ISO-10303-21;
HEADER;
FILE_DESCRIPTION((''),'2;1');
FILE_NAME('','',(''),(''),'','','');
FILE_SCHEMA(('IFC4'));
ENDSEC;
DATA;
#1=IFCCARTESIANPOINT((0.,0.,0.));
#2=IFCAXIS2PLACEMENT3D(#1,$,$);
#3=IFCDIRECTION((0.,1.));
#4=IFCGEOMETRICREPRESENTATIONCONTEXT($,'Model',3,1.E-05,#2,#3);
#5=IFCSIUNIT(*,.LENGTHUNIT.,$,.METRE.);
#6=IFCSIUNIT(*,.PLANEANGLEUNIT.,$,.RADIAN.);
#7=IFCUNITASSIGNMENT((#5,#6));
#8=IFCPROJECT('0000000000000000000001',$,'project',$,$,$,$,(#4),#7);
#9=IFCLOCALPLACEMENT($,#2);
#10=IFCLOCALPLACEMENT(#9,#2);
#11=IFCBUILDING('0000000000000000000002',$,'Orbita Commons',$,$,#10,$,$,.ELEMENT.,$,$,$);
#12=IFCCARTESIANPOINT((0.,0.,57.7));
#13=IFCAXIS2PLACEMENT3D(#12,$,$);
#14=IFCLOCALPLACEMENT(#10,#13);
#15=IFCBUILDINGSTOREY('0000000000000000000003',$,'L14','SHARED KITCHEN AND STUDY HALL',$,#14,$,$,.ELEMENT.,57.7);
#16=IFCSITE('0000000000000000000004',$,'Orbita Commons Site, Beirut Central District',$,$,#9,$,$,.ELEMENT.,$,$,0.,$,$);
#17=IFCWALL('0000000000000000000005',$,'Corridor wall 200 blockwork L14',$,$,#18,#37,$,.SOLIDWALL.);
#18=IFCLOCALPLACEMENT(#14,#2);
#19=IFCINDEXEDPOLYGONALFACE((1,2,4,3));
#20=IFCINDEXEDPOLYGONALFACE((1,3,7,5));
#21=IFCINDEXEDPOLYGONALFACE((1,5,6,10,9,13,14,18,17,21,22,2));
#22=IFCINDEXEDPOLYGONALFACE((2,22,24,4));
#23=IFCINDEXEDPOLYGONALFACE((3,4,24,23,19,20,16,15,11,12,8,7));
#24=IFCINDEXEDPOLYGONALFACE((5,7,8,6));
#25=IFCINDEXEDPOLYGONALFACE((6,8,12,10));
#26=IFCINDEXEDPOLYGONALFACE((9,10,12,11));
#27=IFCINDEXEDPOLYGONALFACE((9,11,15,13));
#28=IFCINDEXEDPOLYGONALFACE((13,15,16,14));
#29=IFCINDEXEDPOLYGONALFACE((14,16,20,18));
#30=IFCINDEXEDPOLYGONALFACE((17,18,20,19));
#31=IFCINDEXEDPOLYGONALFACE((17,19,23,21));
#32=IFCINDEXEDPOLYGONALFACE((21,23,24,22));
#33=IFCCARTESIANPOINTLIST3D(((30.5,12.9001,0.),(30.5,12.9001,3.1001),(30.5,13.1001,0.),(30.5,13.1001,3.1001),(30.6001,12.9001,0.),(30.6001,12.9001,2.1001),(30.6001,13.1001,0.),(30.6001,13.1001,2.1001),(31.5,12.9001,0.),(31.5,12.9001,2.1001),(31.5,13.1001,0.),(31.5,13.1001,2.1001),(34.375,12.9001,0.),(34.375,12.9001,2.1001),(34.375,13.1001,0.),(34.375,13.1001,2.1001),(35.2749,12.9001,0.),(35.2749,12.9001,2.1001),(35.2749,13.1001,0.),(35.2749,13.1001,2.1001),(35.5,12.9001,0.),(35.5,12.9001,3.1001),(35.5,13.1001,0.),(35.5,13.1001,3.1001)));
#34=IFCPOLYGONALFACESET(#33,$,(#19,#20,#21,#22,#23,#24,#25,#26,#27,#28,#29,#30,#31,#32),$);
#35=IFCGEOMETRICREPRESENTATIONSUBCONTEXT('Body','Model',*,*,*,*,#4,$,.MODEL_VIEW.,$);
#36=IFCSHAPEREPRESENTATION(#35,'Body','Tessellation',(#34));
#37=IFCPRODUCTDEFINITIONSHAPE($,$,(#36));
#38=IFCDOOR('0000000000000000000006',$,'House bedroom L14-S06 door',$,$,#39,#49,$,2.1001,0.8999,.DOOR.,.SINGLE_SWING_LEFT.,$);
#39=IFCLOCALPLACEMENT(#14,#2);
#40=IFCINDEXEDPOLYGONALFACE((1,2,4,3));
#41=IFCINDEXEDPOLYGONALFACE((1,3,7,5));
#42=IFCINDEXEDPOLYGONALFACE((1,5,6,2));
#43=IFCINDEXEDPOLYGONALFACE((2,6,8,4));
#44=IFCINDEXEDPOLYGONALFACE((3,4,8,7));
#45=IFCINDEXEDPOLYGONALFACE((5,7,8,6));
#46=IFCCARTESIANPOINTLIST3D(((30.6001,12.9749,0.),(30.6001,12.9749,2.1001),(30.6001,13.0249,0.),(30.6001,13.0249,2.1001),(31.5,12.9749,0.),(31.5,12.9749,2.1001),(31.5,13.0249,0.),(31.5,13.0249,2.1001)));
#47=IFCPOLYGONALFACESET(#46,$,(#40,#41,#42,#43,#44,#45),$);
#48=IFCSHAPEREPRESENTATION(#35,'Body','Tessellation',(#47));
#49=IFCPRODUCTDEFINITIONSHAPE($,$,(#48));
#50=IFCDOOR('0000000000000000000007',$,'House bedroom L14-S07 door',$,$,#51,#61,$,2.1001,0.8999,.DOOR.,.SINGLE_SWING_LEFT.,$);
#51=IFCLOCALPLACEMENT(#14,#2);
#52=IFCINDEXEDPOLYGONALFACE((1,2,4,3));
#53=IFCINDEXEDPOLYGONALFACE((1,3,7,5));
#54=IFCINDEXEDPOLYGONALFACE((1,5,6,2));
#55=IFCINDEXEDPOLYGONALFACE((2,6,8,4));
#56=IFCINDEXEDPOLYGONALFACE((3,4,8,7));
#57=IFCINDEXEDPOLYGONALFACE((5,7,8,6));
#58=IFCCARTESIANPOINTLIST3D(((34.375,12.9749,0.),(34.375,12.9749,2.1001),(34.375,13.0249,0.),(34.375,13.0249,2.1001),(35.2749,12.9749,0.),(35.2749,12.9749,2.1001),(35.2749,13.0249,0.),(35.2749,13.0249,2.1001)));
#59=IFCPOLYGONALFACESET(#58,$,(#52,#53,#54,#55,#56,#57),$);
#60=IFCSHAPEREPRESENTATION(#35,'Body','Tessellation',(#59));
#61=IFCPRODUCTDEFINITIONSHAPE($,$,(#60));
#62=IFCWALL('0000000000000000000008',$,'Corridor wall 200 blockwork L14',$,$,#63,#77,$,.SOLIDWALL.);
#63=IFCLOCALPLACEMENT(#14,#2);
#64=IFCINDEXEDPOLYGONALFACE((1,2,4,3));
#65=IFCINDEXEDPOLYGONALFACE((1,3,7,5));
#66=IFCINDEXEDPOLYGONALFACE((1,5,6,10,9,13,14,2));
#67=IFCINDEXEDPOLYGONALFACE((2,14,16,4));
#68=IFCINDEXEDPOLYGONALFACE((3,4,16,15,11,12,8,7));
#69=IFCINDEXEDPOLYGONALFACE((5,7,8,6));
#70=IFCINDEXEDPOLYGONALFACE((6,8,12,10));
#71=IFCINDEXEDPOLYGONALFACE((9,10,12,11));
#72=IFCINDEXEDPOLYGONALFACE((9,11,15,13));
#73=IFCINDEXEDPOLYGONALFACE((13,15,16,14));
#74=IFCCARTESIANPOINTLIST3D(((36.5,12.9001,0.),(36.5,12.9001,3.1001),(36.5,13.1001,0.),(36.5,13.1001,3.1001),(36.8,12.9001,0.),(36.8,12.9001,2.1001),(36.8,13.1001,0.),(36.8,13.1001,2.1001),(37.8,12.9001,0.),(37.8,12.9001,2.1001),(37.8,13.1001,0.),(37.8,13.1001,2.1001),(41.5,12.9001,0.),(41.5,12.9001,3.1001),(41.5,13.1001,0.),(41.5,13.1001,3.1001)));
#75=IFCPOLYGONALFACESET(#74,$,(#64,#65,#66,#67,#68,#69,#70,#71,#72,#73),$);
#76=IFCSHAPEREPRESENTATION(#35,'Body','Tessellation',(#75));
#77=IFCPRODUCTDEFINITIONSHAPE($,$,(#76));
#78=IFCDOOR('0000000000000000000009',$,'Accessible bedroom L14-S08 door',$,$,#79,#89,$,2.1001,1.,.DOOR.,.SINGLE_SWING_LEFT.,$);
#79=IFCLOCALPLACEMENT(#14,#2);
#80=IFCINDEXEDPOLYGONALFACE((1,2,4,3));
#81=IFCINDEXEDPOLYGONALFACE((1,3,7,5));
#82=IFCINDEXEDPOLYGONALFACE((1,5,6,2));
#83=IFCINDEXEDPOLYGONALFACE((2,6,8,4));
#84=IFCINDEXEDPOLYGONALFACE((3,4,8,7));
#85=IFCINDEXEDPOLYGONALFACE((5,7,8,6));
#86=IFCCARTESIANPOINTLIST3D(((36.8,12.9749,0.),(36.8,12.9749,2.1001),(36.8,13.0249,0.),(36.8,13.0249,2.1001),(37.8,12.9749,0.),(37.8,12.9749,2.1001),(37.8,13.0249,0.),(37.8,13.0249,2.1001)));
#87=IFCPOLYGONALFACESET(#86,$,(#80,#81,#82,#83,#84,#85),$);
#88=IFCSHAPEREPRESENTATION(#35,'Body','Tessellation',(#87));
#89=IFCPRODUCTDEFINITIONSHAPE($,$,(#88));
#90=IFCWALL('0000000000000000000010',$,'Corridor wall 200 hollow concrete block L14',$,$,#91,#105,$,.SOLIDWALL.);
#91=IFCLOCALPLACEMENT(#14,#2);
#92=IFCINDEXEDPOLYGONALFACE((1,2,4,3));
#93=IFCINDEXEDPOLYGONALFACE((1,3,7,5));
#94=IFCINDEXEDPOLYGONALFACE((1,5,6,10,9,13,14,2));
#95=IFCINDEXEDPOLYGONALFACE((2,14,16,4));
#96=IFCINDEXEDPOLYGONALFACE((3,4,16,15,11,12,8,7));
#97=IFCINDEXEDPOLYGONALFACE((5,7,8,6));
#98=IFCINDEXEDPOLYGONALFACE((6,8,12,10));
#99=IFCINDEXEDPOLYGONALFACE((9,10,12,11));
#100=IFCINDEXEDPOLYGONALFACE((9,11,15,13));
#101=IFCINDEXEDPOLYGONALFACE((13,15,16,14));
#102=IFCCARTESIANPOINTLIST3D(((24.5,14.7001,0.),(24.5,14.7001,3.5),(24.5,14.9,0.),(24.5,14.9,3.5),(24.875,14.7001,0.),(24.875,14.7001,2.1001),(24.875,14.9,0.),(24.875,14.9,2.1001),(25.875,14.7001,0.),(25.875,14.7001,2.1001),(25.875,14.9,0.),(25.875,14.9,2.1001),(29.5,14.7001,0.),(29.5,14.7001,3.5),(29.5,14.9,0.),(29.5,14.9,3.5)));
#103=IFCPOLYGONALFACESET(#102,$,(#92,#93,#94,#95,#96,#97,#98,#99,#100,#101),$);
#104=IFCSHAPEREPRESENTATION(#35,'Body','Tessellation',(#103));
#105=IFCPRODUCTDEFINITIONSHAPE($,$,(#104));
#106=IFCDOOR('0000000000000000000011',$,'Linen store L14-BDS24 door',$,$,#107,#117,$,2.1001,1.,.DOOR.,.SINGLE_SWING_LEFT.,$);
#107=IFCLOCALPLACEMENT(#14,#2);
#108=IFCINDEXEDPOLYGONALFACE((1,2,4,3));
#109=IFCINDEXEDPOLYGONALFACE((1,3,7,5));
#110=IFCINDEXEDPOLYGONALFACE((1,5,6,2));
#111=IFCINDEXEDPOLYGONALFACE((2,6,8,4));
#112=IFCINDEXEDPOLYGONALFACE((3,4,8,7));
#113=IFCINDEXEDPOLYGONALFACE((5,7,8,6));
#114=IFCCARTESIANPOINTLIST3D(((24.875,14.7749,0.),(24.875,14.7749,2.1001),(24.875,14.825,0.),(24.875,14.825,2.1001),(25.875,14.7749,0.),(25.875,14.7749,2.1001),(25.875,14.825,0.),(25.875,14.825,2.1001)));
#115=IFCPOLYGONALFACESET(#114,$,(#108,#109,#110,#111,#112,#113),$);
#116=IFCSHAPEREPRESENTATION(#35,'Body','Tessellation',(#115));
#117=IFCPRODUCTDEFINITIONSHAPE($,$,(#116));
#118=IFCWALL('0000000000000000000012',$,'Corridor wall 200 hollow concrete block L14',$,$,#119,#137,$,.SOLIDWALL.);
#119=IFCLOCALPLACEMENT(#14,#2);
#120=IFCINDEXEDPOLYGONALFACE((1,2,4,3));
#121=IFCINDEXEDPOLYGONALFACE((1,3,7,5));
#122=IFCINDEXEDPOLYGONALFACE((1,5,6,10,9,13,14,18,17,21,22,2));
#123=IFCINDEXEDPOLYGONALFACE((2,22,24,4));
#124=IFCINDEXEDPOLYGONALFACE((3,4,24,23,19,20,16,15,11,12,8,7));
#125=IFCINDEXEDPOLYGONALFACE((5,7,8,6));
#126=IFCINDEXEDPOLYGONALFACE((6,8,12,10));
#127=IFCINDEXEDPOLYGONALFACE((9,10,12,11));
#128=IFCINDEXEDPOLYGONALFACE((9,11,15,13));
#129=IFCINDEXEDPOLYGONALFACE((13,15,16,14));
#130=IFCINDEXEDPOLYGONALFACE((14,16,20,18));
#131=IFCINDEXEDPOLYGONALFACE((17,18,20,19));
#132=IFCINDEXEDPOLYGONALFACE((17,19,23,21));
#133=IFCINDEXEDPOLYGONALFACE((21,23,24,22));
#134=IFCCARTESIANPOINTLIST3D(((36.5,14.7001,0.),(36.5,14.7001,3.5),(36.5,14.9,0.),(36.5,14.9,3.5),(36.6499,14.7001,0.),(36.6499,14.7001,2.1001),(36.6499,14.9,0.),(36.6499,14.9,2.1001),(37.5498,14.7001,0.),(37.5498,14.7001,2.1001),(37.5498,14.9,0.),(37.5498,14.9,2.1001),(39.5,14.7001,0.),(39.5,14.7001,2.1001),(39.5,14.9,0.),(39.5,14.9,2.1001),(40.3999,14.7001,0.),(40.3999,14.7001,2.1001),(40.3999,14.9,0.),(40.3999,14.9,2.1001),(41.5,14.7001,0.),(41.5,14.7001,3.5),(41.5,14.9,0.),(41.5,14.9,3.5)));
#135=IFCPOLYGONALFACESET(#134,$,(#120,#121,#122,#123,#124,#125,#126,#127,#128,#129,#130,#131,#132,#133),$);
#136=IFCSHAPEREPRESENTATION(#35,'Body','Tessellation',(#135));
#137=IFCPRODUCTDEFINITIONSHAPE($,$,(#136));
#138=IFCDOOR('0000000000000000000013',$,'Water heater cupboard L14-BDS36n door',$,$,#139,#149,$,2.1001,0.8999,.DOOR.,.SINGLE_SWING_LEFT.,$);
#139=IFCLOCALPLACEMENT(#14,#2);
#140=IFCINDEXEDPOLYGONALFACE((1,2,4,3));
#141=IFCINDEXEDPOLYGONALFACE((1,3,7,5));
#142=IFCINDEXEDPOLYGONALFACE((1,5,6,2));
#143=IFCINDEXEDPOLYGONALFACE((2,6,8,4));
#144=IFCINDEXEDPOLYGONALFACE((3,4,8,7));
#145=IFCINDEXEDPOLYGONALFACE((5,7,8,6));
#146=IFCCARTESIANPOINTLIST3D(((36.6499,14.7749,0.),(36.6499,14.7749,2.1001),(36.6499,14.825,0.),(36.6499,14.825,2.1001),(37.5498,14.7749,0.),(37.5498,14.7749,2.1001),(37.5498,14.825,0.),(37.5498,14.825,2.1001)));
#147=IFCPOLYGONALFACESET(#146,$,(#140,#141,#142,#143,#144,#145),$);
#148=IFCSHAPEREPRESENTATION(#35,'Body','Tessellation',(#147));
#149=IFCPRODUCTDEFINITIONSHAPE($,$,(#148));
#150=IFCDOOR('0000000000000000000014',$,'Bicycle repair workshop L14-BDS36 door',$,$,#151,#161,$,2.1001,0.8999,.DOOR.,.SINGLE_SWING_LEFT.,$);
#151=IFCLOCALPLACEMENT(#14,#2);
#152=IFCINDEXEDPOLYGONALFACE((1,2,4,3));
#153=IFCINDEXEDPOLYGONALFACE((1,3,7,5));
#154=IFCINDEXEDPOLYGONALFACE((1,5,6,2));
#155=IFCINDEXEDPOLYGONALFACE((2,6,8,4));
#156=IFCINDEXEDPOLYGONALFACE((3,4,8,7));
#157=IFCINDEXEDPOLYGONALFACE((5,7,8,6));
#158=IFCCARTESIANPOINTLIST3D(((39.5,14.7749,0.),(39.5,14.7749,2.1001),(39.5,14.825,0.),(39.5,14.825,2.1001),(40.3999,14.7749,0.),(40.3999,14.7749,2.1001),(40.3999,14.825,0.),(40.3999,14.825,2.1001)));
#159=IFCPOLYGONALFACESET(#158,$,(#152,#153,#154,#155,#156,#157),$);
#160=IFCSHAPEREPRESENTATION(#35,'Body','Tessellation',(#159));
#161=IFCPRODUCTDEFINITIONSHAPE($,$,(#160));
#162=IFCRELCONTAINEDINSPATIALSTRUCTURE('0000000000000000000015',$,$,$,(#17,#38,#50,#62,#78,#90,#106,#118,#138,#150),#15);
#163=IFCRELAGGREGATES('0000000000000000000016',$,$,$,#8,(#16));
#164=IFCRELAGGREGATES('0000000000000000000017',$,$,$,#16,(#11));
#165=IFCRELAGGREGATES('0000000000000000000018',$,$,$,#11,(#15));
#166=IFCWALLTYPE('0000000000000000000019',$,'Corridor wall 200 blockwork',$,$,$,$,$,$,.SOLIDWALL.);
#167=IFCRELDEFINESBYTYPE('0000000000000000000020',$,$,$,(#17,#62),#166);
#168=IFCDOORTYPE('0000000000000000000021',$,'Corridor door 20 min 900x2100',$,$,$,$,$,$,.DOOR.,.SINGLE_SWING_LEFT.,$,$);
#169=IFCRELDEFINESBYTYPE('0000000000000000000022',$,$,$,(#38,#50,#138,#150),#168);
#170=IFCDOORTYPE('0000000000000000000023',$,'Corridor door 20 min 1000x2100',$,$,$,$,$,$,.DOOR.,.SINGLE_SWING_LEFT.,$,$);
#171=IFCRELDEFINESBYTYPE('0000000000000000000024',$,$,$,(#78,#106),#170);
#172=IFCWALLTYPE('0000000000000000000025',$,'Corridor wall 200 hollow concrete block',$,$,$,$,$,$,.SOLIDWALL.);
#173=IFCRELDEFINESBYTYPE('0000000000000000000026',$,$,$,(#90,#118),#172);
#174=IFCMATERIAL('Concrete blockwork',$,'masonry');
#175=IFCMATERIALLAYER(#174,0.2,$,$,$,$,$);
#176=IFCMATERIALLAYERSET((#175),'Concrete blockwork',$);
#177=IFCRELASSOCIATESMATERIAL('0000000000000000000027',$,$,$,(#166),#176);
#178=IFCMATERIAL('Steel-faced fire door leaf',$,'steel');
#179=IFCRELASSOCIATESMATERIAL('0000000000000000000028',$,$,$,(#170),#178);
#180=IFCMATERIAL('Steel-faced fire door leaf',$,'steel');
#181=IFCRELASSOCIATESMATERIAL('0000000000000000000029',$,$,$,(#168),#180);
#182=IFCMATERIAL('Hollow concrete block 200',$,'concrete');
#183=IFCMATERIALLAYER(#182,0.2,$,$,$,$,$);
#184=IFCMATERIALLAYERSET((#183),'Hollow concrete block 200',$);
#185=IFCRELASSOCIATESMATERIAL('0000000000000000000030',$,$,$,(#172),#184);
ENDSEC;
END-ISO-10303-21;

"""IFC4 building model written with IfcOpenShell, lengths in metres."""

from ifc_helpers import new_model, si_unit, direction, frame, frame_2d, origin, place, context, subcontext, project, spatial, polyline, rectangle, outline, extrude, material, layer, layer_set, type_object, element, fill, save


model = new_model("IFC4")

# Units and contexts
model_context = context("Model", 3, precision=1e-05, world=origin(), true_north=direction((0.0, 1.0)))
body_context = subcontext(model_context, "Body", "Model", "MODEL_VIEW")
ifc_project = project(units=[si_unit("LENGTHUNIT", "METRE"), si_unit("PLANEANGLEUNIT", "RADIAN")], contexts=[model_context])

# Site, building, storey
site_placement = place(None, origin())
site = spatial("IfcSite", under=ifc_project, at=site_placement, Name="Orbita Commons Site, Beirut Central District", CompositionType="ELEMENT", RefElevation=0.0)
building_placement = place(site_placement, origin())
building = spatial("IfcBuilding", under=site, at=building_placement, Name="Orbita Commons", CompositionType="ELEMENT")
storey_placement = place(building_placement, frame((0.0, 0.0, 57.7)))
storey = spatial("IfcBuildingStorey", under=building, at=storey_placement, Name="L14", Description="SHARED KITCHEN AND STUDY HALL", CompositionType="ELEMENT", Elevation=57.7)

# Shared definitions
ifc_material_1 = material(Name="Concrete blockwork", Category="masonry")
ifc_layer_1 = layer(ifc_material_1, 0.2)
ifc_layer_set_1 = layer_set([ifc_layer_1], Name="Concrete blockwork")
wall_type_1 = type_object("IfcWallType", Name="Corridor wall 200 blockwork", PredefinedType="SOLIDWALL", material=ifc_layer_set_1)
ifc_material_2 = material(Name="Steel-faced fire door leaf", Category="steel")
door_type_1 = type_object("IfcDoorType", Name="Corridor door 20 min 1000x2100", OperationType="SINGLE_SWING_LEFT", PredefinedType="DOOR", material=ifc_material_2)

# Wall, openings, doors
wall_1_placement = place(storey_placement, frame((30.5, 13.0, 0.0), z_axis=(0.0, 0.0, 1.0), x_axis=(1.0, 0.0, 0.0)))
wall_1 = element("IfcWall", 1, at=wall_1_placement, inside=storey, type_object=wall_type_1, Name="Corridor wall 200 blockwork L14", PredefinedType="SOLIDWALL", context=body_context, shape_type="SweptSolid", body=[
    extrude(outline(polyline([(0.0, 0.0), (5.0, 0.0), (5.0, 3.1001), (0.0, 3.1001), (0.0, 0.0)])), frame((0.0, 0.1001, 0.0), z_axis=(0.0, -1.0, 0.0), x_axis=(1.0, 0.0, 0.0)), (0.0, 0.0, 1.0), 0.2),
])
opening_1_placement = place(wall_1_placement, frame((0.1001, 0.0, 0.0)))
opening_1 = element("IfcOpeningElement", 2, at=opening_1_placement, cuts=wall_1, PredefinedType="OPENING", context=body_context, shape_type="SweptSolid", body=[
    extrude(rectangle(XDim=0.8999, YDim=2.1001, at=frame_2d((0.45, 1.05))), frame((0.0, 0.1099, 0.0), z_axis=(0.0, -1.0, 0.0), x_axis=(1.0, 0.0, 0.0)), (0.0, 0.0, 1.0), 0.22),
])
opening_2_placement = place(wall_1_placement, frame((3.875, 0.0, 0.0)))
opening_2 = element("IfcOpeningElement", 3, at=opening_2_placement, cuts=wall_1, PredefinedType="OPENING", context=body_context, shape_type="SweptSolid", body=[
    extrude(rectangle(XDim=0.8999, YDim=2.1001, at=frame_2d((0.45, 1.05))), frame((0.0, 0.1099, 0.0), z_axis=(0.0, -1.0, 0.0), x_axis=(1.0, 0.0, 0.0)), (0.0, 0.0, 1.0), 0.22),
])
ifc_material_3 = material(Name="Steel-faced fire door leaf", Category="steel")
door_type_2 = type_object("IfcDoorType", Name="Corridor door 20 min 900x2100", OperationType="SINGLE_SWING_LEFT", PredefinedType="DOOR", material=ifc_material_3)
door_1_placement = place(opening_1_placement, origin())
door_1 = element("IfcDoor", 4, at=door_1_placement, inside=storey, type_object=door_type_2, Name="House bedroom L14-S06 door", OperationType="SINGLE_SWING_LEFT", OverallHeight=2.1001, OverallWidth=0.8999, PredefinedType="DOOR", context=body_context, shape_type="SweptSolid", body=[
    extrude(rectangle(XDim=0.8999, YDim=2.1001, at=frame_2d((0.45, 1.05))), frame((0.0, 0.0249, 0.0), z_axis=(0.0, -1.0, 0.0), x_axis=(1.0, 0.0, 0.0)), (0.0, 0.0, 1.0), 0.05),
])
fill(opening_1, door_1)
door_2_placement = place(opening_2_placement, origin())
door_2 = element("IfcDoor", 5, at=door_2_placement, inside=storey, type_object=door_type_2, Name="House bedroom L14-S07 door", OperationType="SINGLE_SWING_LEFT", OverallHeight=2.1001, OverallWidth=0.8999, PredefinedType="DOOR", context=body_context, shape_type="SweptSolid", body=[
    extrude(rectangle(XDim=0.8999, YDim=2.1001, at=frame_2d((0.45, 1.05))), frame((0.0, 0.0249, 0.0), z_axis=(0.0, -1.0, 0.0), x_axis=(1.0, 0.0, 0.0)), (0.0, 0.0, 1.0), 0.05),
])
fill(opening_2, door_2)

# Walls, openings, doors
wall_2_placement = place(storey_placement, frame((36.5, 13.0, 0.0), z_axis=(0.0, 0.0, 1.0), x_axis=(1.0, 0.0, 0.0)))
wall_2 = element("IfcWall", 6, at=wall_2_placement, inside=storey, type_object=wall_type_1, Name="Corridor wall 200 blockwork L14", PredefinedType="SOLIDWALL", context=body_context, shape_type="SweptSolid", body=[
    extrude(outline(polyline([(0.0, 0.0), (5.0, 0.0), (5.0, 3.1001), (0.0, 3.1001), (0.0, 0.0)])), frame((0.0, 0.1001, 0.0), z_axis=(0.0, -1.0, 0.0), x_axis=(1.0, 0.0, 0.0)), (0.0, 0.0, 1.0), 0.2),
])
opening_3_placement = place(wall_2_placement, frame((0.3, 0.0, 0.0)))
opening_3 = element("IfcOpeningElement", 7, at=opening_3_placement, cuts=wall_2, PredefinedType="OPENING", context=body_context, shape_type="SweptSolid", body=[
    extrude(rectangle(XDim=1.0, YDim=2.1001, at=frame_2d((0.5, 1.05))), frame((0.0, 0.1099, 0.0), z_axis=(0.0, -1.0, 0.0), x_axis=(1.0, 0.0, 0.0)), (0.0, 0.0, 1.0), 0.22),
])
door_3_placement = place(opening_3_placement, origin())
door_3 = element("IfcDoor", 8, at=door_3_placement, inside=storey, type_object=door_type_1, Name="Accessible bedroom L14-S08 door", OperationType="SINGLE_SWING_LEFT", OverallHeight=2.1001, OverallWidth=1.0, PredefinedType="DOOR", context=body_context, shape_type="SweptSolid", body=[
    extrude(rectangle(XDim=1.0, YDim=2.1001, at=frame_2d((0.5, 1.05))), frame((0.0, 0.0249, 0.0), z_axis=(0.0, -1.0, 0.0), x_axis=(1.0, 0.0, 0.0)), (0.0, 0.0, 1.0), 0.05),
])
fill(opening_3, door_3)
ifc_material_4 = material(Name="Hollow concrete block 200", Category="concrete")
ifc_layer_2 = layer(ifc_material_4, 0.2)
ifc_layer_set_2 = layer_set([ifc_layer_2], Name="Hollow concrete block 200")
wall_type_2 = type_object("IfcWallType", Name="Corridor wall 200 hollow concrete block", PredefinedType="SOLIDWALL", material=ifc_layer_set_2)
wall_3_placement = place(storey_placement, frame((24.5, 14.8, 0.0), z_axis=(0.0, 0.0, 1.0), x_axis=(1.0, 0.0, 0.0)))
wall_3 = element("IfcWall", 9, at=wall_3_placement, inside=storey, type_object=wall_type_2, Name="Corridor wall 200 hollow concrete block L14", PredefinedType="SOLIDWALL", context=body_context, shape_type="SweptSolid", body=[
    extrude(rectangle(XDim=5.0, YDim=0.2, at=frame_2d((2.5, 0.0))), origin(), (0.0, 0.0, 1.0), 3.5),
])
opening_4_placement = place(wall_3_placement, frame((0.375, 0.0, 0.0)))
opening_4 = element("IfcOpeningElement", 10, at=opening_4_placement, cuts=wall_3, PredefinedType="OPENING", context=body_context, shape_type="SweptSolid", body=[
    extrude(rectangle(XDim=1.0, YDim=2.1001, at=frame_2d((0.5, 1.05))), frame((0.0, 0.1099, 0.0), z_axis=(0.0, -1.0, 0.0), x_axis=(1.0, 0.0, 0.0)), (0.0, 0.0, 1.0), 0.22),
])
door_4_placement = place(opening_4_placement, origin())
door_4 = element("IfcDoor", 11, at=door_4_placement, inside=storey, type_object=door_type_1, Name="Linen store L14-BDS24 door", OperationType="SINGLE_SWING_LEFT", OverallHeight=2.1001, OverallWidth=1.0, PredefinedType="DOOR", context=body_context, shape_type="SweptSolid", body=[
    extrude(rectangle(XDim=1.0, YDim=2.1001, at=frame_2d((0.5, 1.05))), frame((0.0, 0.0249, 0.0), z_axis=(0.0, -1.0, 0.0), x_axis=(1.0, 0.0, 0.0)), (0.0, 0.0, 1.0), 0.05),
])
fill(opening_4, door_4)

# Wall, openings, doors
wall_4_placement = place(storey_placement, frame((36.5, 14.8, 0.0), z_axis=(0.0, 0.0, 1.0), x_axis=(1.0, 0.0, 0.0)))
wall_4 = element("IfcWall", 12, at=wall_4_placement, inside=storey, type_object=wall_type_2, Name="Corridor wall 200 hollow concrete block L14", PredefinedType="SOLIDWALL", context=body_context, shape_type="SweptSolid", body=[
    extrude(rectangle(XDim=5.0, YDim=0.2, at=frame_2d((2.5, 0.0))), origin(), (0.0, 0.0, 1.0), 3.5),
])
opening_5_placement = place(wall_4_placement, frame((0.1499, 0.0, 0.0)))
opening_5 = element("IfcOpeningElement", 13, at=opening_5_placement, cuts=wall_4, PredefinedType="OPENING", context=body_context, shape_type="SweptSolid", body=[
    extrude(rectangle(XDim=0.8999, YDim=2.1001, at=frame_2d((0.45, 1.05))), frame((0.0, 0.1099, 0.0), z_axis=(0.0, -1.0, 0.0), x_axis=(1.0, 0.0, 0.0)), (0.0, 0.0, 1.0), 0.22),
])
opening_6_placement = place(wall_4_placement, frame((3.0, 0.0, 0.0)))
opening_6 = element("IfcOpeningElement", 14, at=opening_6_placement, cuts=wall_4, PredefinedType="OPENING", context=body_context, shape_type="SweptSolid", body=[
    extrude(rectangle(XDim=0.8999, YDim=2.1001, at=frame_2d((0.45, 1.05))), frame((0.0, 0.1099, 0.0), z_axis=(0.0, -1.0, 0.0), x_axis=(1.0, 0.0, 0.0)), (0.0, 0.0, 1.0), 0.22),
])
door_5_placement = place(opening_5_placement, origin())
door_5 = element("IfcDoor", 15, at=door_5_placement, inside=storey, type_object=door_type_2, Name="Water heater cupboard L14-BDS36n door", OperationType="SINGLE_SWING_LEFT", OverallHeight=2.1001, OverallWidth=0.8999, PredefinedType="DOOR", context=body_context, shape_type="SweptSolid", body=[
    extrude(rectangle(XDim=0.8999, YDim=2.1001, at=frame_2d((0.45, 1.05))), frame((0.0, 0.0249, 0.0), z_axis=(0.0, -1.0, 0.0), x_axis=(1.0, 0.0, 0.0)), (0.0, 0.0, 1.0), 0.05),
])
fill(opening_5, door_5)
door_6_placement = place(opening_6_placement, origin())
door_6 = element("IfcDoor", 16, at=door_6_placement, inside=storey, type_object=door_type_2, Name="Bicycle repair workshop L14-BDS36 door", OperationType="SINGLE_SWING_LEFT", OverallHeight=2.1001, OverallWidth=0.8999, PredefinedType="DOOR", context=body_context, shape_type="SweptSolid", body=[
    extrude(rectangle(XDim=0.8999, YDim=2.1001, at=frame_2d((0.45, 1.05))), frame((0.0, 0.0249, 0.0), z_axis=(0.0, -1.0, 0.0), x_axis=(1.0, 0.0, 0.0)), (0.0, 0.0, 1.0), 0.05),
])
fill(opening_6, door_6)

save(model, "model.ifc")
